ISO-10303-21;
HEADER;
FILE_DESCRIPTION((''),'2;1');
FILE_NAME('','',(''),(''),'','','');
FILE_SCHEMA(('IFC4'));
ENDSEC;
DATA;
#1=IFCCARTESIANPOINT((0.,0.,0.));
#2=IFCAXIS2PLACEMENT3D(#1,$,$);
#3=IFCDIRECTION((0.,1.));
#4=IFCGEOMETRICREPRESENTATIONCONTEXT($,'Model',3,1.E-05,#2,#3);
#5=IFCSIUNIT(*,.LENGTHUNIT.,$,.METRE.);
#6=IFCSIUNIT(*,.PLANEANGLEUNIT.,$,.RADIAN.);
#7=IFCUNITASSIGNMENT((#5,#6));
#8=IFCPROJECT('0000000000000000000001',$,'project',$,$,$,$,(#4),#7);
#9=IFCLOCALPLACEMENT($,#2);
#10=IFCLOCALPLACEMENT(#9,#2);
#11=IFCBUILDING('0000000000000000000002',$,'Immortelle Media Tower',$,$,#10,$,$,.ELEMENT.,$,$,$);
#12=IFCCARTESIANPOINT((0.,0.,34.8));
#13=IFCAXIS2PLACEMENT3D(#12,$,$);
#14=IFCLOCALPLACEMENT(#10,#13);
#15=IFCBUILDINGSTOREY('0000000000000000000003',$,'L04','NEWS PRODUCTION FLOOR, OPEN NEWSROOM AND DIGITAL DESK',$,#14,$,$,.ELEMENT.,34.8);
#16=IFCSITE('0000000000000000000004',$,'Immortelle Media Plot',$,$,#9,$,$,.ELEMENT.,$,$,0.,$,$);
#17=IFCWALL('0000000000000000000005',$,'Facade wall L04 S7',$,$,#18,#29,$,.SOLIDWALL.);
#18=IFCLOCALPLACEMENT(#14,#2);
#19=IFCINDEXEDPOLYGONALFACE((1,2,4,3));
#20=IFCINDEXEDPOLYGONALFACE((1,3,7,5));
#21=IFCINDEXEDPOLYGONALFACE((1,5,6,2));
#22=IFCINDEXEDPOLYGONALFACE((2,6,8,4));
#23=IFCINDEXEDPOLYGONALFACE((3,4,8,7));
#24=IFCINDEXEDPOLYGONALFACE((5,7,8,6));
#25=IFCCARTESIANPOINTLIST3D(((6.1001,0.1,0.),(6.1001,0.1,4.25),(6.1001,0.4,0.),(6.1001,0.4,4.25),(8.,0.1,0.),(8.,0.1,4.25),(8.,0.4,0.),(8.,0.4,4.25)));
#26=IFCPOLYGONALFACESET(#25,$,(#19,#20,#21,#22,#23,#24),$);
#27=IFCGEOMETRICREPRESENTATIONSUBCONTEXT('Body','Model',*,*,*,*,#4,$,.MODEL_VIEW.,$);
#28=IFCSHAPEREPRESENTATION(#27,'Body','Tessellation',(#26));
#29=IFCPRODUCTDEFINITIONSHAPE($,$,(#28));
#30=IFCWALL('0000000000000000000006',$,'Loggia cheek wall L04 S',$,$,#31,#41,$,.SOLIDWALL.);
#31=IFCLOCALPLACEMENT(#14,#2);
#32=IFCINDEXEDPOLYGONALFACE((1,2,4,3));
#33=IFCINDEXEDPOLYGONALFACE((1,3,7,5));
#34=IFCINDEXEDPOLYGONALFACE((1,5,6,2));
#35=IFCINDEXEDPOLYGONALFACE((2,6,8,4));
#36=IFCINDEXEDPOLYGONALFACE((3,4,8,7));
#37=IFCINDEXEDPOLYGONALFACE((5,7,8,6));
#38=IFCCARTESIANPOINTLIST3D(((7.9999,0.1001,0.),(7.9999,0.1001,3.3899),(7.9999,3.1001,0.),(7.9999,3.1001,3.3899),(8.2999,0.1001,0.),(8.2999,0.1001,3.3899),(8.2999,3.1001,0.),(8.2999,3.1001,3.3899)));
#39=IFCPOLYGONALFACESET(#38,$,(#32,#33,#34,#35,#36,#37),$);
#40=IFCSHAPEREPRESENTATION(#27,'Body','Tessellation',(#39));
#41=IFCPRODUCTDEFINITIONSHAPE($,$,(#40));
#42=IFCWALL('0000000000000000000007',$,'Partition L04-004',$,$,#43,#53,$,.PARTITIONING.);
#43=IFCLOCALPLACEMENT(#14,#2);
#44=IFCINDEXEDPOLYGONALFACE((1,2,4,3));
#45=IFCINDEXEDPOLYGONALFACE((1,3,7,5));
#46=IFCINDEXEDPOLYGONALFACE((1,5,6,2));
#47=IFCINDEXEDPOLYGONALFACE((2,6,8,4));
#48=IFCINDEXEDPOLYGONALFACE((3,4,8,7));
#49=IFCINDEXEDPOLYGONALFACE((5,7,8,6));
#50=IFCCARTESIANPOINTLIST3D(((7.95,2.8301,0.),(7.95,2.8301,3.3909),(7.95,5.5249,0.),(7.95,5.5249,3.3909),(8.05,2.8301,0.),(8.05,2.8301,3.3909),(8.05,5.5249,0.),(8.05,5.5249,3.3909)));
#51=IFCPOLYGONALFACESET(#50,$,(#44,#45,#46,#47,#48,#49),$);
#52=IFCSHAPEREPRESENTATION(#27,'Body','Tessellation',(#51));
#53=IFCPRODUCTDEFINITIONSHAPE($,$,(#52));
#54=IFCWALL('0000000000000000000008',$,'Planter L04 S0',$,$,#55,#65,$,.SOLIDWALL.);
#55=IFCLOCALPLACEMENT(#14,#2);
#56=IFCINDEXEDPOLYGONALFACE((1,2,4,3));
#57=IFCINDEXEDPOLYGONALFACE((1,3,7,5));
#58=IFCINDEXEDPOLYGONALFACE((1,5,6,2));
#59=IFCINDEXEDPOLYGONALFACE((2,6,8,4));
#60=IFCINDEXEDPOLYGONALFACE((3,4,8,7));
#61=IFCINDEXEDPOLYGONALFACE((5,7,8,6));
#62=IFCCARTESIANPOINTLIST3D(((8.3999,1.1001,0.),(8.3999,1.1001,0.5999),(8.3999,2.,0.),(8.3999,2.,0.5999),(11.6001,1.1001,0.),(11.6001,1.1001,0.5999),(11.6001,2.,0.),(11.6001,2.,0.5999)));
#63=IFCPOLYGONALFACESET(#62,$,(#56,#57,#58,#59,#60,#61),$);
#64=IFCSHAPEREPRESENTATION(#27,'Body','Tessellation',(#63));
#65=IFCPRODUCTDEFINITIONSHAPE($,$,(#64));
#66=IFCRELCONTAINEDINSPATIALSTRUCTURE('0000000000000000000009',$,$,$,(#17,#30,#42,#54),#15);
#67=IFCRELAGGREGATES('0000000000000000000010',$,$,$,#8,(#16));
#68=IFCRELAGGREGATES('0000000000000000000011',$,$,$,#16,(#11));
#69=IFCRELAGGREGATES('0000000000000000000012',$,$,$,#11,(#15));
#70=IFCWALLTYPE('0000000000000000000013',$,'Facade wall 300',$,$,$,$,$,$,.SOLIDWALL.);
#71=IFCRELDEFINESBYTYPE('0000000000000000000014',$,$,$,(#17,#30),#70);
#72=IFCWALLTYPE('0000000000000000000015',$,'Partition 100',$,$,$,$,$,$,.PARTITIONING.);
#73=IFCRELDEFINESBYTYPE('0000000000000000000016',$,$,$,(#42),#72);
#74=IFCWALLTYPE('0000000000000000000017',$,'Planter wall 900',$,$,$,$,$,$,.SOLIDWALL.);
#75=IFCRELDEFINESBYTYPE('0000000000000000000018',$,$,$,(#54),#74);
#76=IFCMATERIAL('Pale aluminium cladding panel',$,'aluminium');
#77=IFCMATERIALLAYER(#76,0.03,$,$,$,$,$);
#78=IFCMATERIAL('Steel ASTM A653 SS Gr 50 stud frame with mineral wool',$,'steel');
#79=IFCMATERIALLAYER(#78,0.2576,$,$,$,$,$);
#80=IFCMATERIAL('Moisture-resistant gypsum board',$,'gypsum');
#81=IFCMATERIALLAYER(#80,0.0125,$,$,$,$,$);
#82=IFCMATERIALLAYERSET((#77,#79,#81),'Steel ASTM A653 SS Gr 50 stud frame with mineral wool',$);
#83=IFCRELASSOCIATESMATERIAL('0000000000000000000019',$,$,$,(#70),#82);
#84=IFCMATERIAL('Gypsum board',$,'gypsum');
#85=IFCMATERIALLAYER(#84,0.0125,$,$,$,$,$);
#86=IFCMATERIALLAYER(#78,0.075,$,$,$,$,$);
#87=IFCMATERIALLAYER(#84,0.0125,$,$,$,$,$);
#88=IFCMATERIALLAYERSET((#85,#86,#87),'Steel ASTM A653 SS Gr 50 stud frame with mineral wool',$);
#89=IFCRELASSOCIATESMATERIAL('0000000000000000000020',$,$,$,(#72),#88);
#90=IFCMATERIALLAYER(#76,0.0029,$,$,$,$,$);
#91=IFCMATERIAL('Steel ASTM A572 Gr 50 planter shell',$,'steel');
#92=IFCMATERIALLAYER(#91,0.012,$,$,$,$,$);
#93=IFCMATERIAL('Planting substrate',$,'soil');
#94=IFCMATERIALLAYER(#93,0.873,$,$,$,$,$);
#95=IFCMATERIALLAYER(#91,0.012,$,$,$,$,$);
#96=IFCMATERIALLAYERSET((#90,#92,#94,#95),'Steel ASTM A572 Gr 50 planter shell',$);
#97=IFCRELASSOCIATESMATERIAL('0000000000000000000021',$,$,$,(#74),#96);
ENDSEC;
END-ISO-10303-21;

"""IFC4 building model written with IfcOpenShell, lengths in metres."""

from ifc_helpers import new_model, si_unit, direction, frame, frame_2d, origin, place, context, subcontext, project, spatial, rectangle, extrude, material, layer, layer_set, type_object, element, save


model = new_model("IFC4")

# Units and contexts
model_context = context("Model", 3, precision=1e-05, world=origin(), true_north=direction((0.0, 1.0)))
body_context = subcontext(model_context, "Body", "Model", "MODEL_VIEW")
ifc_project = project(units=[si_unit("LENGTHUNIT", "METRE"), si_unit("PLANEANGLEUNIT", "RADIAN")], contexts=[model_context])

# Site, building, storey
site_placement = place(None, origin())
site = spatial("IfcSite", under=ifc_project, at=site_placement, Name="Immortelle Media Plot", CompositionType="ELEMENT", RefElevation=0.0)
building_placement = place(site_placement, origin())
building = spatial("IfcBuilding", under=site, at=building_placement, Name="Immortelle Media Tower", CompositionType="ELEMENT")
storey_placement = place(building_placement, frame((0.0, 0.0, 34.8)))
storey = spatial("IfcBuildingStorey", under=building, at=storey_placement, Name="L04", Description="NEWS PRODUCTION FLOOR, OPEN NEWSROOM AND DIGITAL DESK", CompositionType="ELEMENT", Elevation=34.8)

# Wall
ifc_material_1 = material(Name="Pale aluminium cladding panel", Category="aluminium")
ifc_layer_1 = layer(ifc_material_1, 0.03)
ifc_material_2 = material(Name="Steel ASTM A653 SS Gr 50 stud frame with mineral wool", Category="steel")
ifc_layer_2 = layer(ifc_material_2, 0.2576)
ifc_material_3 = material(Name="Moisture-resistant gypsum board", Category="gypsum")
ifc_layer_3 = layer(ifc_material_3, 0.0125)
ifc_layer_set_1 = layer_set([ifc_layer_1, ifc_layer_2, ifc_layer_3], Name="Steel ASTM A653 SS Gr 50 stud frame with mineral wool")
wall_type_1 = type_object("IfcWallType", Name="Facade wall 300", PredefinedType="SOLIDWALL", material=ifc_layer_set_1)
wall_1_placement = place(storey_placement, frame((6.1001, 0.25, 0.0), z_axis=(0.0, 0.0, 1.0), x_axis=(1.0, 0.0, 0.0)))
element("IfcWall", 1, at=wall_1_placement, inside=storey, type_object=wall_type_1, Name="Facade wall L04 S7", PredefinedType="SOLIDWALL", context=body_context, shape_type="SweptSolid", body=[
    extrude(rectangle(XDim=1.8999, YDim=0.3, at=frame_2d((0.95, 0.0))), origin(), (0.0, 0.0, 1.0), 4.25),
])

# Walls
wall_2_placement = place(storey_placement, frame((8.1499, 0.1001, 0.0), z_axis=(0.0, 0.0, 1.0), x_axis=(0.0, 1.0, 0.0)))
element("IfcWall", 2, at=wall_2_placement, inside=storey, type_object=wall_type_1, Name="Loggia cheek wall L04 S", PredefinedType="SOLIDWALL", context=body_context, shape_type="SweptSolid", body=[
    extrude(rectangle(XDim=3.0, YDim=0.3, at=frame_2d((1.5, 0.0))), origin(), (0.0, 0.0, 1.0), 3.3899),
])
ifc_material_4 = material(Name="Gypsum board", Category="gypsum")
ifc_layer_4 = layer(ifc_material_4, 0.0125)
ifc_layer_5 = layer(ifc_material_2, 0.075)
ifc_layer_6 = layer(ifc_material_4, 0.0125)
ifc_layer_set_2 = layer_set([ifc_layer_4, ifc_layer_5, ifc_layer_6], Name="Steel ASTM A653 SS Gr 50 stud frame with mineral wool")
wall_type_2 = type_object("IfcWallType", Name="Partition 100", PredefinedType="PARTITIONING", material=ifc_layer_set_2)
wall_3_placement = place(storey_placement, frame((8.0, 2.8301, 0.0), z_axis=(0.0, 0.0, 1.0), x_axis=(0.0, 1.0, 0.0)))
element("IfcWall", 3, at=wall_3_placement, inside=storey, type_object=wall_type_2, Name="Partition L04-004", PredefinedType="PARTITIONING", context=body_context, shape_type="SweptSolid", body=[
    extrude(rectangle(XDim=2.6948, YDim=0.1001, at=frame_2d((1.3474, 0.0))), origin(), (0.0, 0.0, 1.0), 3.3909),
])
ifc_layer_7 = layer(ifc_material_1, 0.0029)
ifc_material_5 = material(Name="Steel ASTM A572 Gr 50 planter shell", Category="steel")
ifc_layer_8 = layer(ifc_material_5, 0.012)
ifc_material_6 = material(Name="Planting substrate", Category="soil")
ifc_layer_9 = layer(ifc_material_6, 0.873)
ifc_layer_10 = layer(ifc_material_5, 0.012)
ifc_layer_set_3 = layer_set([ifc_layer_7, ifc_layer_8, ifc_layer_9, ifc_layer_10], Name="Steel ASTM A572 Gr 50 planter shell")
wall_type_3 = type_object("IfcWallType", Name="Planter wall 900", PredefinedType="SOLIDWALL", material=ifc_layer_set_3)
wall_4_placement = place(storey_placement, frame((8.3999, 1.55, 0.0), z_axis=(0.0, 0.0, 1.0), x_axis=(1.0, 0.0, 0.0)))
element("IfcWall", 4, at=wall_4_placement, inside=storey, type_object=wall_type_3, Name="Planter L04 S0", PredefinedType="SOLIDWALL", context=body_context, shape_type="SweptSolid", body=[
    extrude(rectangle(XDim=3.2002, YDim=0.8999, at=frame_2d((1.6001, 0.0))), origin(), (0.0, 0.0, 1.0), 0.5999),
])

save(model, "model.ifc")
